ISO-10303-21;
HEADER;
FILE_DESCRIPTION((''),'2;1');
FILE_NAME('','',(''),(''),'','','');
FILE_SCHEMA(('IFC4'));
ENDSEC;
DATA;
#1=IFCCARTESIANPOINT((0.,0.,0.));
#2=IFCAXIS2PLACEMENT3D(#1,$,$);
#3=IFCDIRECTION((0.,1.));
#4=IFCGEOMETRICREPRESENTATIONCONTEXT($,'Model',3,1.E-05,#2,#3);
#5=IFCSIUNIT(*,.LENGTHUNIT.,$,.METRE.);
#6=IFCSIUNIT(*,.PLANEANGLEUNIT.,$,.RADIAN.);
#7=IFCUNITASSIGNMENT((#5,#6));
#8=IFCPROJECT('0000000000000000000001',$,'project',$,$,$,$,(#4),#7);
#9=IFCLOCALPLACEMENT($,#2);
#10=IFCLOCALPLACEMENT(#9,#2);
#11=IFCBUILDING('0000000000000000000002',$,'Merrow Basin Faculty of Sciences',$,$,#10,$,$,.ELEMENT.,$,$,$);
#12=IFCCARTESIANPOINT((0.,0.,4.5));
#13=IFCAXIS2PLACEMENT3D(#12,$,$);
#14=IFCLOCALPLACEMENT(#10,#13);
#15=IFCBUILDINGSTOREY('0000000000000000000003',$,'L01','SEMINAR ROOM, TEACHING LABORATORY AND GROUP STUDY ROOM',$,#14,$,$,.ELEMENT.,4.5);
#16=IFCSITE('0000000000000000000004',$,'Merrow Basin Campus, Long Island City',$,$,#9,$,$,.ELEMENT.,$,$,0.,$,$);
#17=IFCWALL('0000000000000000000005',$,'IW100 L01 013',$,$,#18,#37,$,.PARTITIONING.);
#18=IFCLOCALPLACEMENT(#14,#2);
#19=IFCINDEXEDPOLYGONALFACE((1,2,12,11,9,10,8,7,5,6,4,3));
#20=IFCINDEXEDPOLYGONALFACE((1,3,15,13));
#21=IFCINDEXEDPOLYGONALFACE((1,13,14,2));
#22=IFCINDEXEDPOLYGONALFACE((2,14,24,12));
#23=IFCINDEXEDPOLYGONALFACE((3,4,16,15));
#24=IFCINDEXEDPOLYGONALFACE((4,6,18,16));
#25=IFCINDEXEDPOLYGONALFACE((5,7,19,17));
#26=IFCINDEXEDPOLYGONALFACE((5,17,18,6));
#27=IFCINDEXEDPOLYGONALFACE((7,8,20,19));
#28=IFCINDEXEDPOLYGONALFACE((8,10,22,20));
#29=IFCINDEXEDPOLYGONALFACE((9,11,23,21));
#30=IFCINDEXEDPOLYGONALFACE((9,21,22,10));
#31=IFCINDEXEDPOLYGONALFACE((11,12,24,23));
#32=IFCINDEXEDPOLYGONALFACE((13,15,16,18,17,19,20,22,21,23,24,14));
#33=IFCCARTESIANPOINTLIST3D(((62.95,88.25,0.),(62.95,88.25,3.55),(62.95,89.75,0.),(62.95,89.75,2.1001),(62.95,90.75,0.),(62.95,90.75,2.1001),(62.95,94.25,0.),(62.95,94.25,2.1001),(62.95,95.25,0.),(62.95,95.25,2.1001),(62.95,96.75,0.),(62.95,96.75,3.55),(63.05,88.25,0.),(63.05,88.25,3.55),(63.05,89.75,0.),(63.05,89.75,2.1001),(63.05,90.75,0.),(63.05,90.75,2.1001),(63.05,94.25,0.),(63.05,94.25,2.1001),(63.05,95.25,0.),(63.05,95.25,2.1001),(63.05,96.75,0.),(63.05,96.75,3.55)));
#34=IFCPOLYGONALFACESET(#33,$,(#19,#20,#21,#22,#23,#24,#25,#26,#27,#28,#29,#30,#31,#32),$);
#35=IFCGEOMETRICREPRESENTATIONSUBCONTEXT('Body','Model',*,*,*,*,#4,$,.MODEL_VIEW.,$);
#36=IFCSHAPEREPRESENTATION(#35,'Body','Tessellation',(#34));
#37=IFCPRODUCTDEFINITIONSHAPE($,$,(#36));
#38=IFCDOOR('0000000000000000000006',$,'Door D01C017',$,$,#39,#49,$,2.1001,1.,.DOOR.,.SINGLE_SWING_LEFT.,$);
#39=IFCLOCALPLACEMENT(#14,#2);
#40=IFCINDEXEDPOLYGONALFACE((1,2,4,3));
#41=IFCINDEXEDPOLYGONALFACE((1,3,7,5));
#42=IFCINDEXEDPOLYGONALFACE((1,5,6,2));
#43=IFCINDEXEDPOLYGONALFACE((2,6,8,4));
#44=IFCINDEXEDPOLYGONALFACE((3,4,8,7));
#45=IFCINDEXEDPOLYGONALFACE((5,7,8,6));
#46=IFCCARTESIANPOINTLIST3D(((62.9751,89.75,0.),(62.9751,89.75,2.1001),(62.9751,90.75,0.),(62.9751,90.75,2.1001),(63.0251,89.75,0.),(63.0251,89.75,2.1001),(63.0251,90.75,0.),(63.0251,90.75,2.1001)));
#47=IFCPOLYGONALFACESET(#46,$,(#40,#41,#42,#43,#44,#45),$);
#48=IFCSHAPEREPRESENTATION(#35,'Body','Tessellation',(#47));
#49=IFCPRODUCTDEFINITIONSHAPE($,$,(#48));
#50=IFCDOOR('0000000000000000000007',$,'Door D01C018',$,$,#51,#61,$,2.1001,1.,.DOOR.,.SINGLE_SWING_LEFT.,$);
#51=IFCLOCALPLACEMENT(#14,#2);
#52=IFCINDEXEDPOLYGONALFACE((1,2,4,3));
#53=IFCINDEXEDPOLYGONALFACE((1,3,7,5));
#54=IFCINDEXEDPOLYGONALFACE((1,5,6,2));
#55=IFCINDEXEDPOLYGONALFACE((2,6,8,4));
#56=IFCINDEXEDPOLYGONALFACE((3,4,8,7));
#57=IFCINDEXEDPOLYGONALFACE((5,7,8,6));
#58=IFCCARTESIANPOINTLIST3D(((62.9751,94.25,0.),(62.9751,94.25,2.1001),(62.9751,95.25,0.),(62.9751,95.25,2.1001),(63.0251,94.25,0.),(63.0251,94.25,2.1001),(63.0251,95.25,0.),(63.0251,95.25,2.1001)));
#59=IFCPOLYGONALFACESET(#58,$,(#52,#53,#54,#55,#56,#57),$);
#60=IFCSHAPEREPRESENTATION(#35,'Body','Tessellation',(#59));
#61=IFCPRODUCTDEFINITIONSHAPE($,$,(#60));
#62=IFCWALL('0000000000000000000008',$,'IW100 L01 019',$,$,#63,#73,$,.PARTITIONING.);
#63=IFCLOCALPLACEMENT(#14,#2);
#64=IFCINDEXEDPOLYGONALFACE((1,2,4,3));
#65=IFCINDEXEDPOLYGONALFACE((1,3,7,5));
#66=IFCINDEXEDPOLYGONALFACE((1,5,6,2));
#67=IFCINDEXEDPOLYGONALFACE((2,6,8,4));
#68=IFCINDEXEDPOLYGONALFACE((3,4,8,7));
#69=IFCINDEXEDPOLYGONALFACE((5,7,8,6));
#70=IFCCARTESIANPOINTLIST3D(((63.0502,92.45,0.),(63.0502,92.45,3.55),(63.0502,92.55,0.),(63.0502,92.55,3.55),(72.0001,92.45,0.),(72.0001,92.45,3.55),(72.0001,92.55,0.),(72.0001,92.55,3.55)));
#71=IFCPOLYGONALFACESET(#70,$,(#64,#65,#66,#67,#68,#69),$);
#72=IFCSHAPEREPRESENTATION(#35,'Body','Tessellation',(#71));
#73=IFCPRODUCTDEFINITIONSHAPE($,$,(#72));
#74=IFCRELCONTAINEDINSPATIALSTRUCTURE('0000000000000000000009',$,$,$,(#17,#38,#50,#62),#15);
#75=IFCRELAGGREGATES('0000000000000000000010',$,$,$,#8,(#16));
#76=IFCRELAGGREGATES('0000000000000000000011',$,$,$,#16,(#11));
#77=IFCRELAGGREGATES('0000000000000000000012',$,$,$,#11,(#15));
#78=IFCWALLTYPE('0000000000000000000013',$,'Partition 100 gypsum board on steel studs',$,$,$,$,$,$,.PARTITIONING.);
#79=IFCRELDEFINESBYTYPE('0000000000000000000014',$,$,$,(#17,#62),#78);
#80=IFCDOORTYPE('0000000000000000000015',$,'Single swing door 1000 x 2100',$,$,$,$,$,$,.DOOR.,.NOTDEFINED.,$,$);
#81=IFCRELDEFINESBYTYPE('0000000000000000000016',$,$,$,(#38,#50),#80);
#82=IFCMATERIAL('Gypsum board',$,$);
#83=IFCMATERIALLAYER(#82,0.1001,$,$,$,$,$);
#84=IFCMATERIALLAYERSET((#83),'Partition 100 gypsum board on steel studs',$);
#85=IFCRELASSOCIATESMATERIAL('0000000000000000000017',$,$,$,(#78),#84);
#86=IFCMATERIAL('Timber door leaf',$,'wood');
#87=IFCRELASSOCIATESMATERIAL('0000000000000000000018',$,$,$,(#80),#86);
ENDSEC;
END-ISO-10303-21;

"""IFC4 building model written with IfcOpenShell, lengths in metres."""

from ifc_helpers import new_model, si_unit, direction, frame, frame_2d, origin, place, context, subcontext, project, spatial, rectangle, extrude, material, layer, layer_set, type_object, element, fill, save


model = new_model("IFC4")

# Units and contexts
model_context = context("Model", 3, precision=1e-05, world=origin(), true_north=direction((0.0, 1.0)))
body_context = subcontext(model_context, "Body", "Model", "MODEL_VIEW")
ifc_project = project(units=[si_unit("LENGTHUNIT", "METRE"), si_unit("PLANEANGLEUNIT", "RADIAN")], contexts=[model_context])

# Site, building, storey
site_placement = place(None, origin())
site = spatial("IfcSite", under=ifc_project, at=site_placement, Name="Merrow Basin Campus, Long Island City", CompositionType="ELEMENT", RefElevation=0.0)
building_placement = place(site_placement, origin())
building = spatial("IfcBuilding", under=site, at=building_placement, Name="Merrow Basin Faculty of Sciences", CompositionType="ELEMENT")
storey_placement = place(building_placement, frame((0.0, 0.0, 4.5)))
storey = spatial("IfcBuildingStorey", under=building, at=storey_placement, Name="L01", Description="SEMINAR ROOM, TEACHING LABORATORY AND GROUP STUDY ROOM", CompositionType="ELEMENT", Elevation=4.5)

# Wall, openings, doors
ifc_material_1 = material(Name="Gypsum board")
ifc_layer_1 = layer(ifc_material_1, 0.1001)
ifc_layer_set_1 = layer_set([ifc_layer_1], Name="Partition 100 gypsum board on steel studs")
wall_type = type_object("IfcWallType", Name="Partition 100 gypsum board on steel studs", PredefinedType="PARTITIONING", material=ifc_layer_set_1)
wall_1_placement = place(storey_placement, frame((63.0, 88.25, 0.0), z_axis=(0.0, 0.0, 1.0), x_axis=(0.0, 1.0, 0.0)))
wall_1 = element("IfcWall", 1, at=wall_1_placement, inside=storey, type_object=wall_type, Name="IW100 L01 013", PredefinedType="PARTITIONING", context=body_context, shape_type="SweptSolid", body=[
    extrude(rectangle(XDim=8.5, YDim=0.1001, at=frame_2d((4.25, 0.0))), origin(), (0.0, 0.0, 1.0), 3.55),
])
opening_1_placement = place(wall_1_placement, frame((1.5, 0.0, 0.0)))
opening_1 = element("IfcOpeningElement", 2, at=opening_1_placement, cuts=wall_1, PredefinedType="OPENING", context=body_context, shape_type="SweptSolid", body=[
    extrude(rectangle(XDim=1.0, YDim=2.1001, at=frame_2d((0.5, 1.05))), frame((0.0, 0.0601, 0.0), z_axis=(0.0, -1.0, 0.0), x_axis=(1.0, 0.0, 0.0)), (0.0, 0.0, 1.0), 0.1201),
])
opening_2_placement = place(wall_1_placement, frame((6.0, 0.0, 0.0)))
opening_2 = element("IfcOpeningElement", 3, at=opening_2_placement, cuts=wall_1, PredefinedType="OPENING", context=body_context, shape_type="SweptSolid", body=[
    extrude(rectangle(XDim=1.0, YDim=2.1001, at=frame_2d((0.5, 1.05))), frame((0.0, 0.0601, 0.0), z_axis=(0.0, -1.0, 0.0), x_axis=(1.0, 0.0, 0.0)), (0.0, 0.0, 1.0), 0.1201),
])
ifc_material_2 = material(Name="Timber door leaf", Category="wood")
door_type = type_object("IfcDoorType", Name="Single swing door 1000 x 2100", OperationType="NOTDEFINED", PredefinedType="DOOR", material=ifc_material_2)
door_1_placement = place(opening_1_placement, origin())
door_1 = element("IfcDoor", 4, at=door_1_placement, inside=storey, type_object=door_type, Name="Door D01C017", OperationType="SINGLE_SWING_LEFT", OverallHeight=2.1001, OverallWidth=1.0, PredefinedType="DOOR", context=body_context, shape_type="SweptSolid", body=[
    extrude(rectangle(XDim=1.0, YDim=2.1001, at=frame_2d((0.5, 1.05))), frame((0.0, 0.0249, 0.0), z_axis=(0.0, -1.0, 0.0), x_axis=(1.0, 0.0, 0.0)), (0.0, 0.0, 1.0), 0.05),
])
fill(opening_1, door_1)
door_2_placement = place(opening_2_placement, origin())
door_2 = element("IfcDoor", 5, at=door_2_placement, inside=storey, type_object=door_type, Name="Door D01C018", OperationType="SINGLE_SWING_LEFT", OverallHeight=2.1001, OverallWidth=1.0, PredefinedType="DOOR", context=body_context, shape_type="SweptSolid", body=[
    extrude(rectangle(XDim=1.0, YDim=2.1001, at=frame_2d((0.5, 1.05))), frame((0.0, 0.0249, 0.0), z_axis=(0.0, -1.0, 0.0), x_axis=(1.0, 0.0, 0.0)), (0.0, 0.0, 1.0), 0.05),
])
fill(opening_2, door_2)

# Wall
wall_2_placement = place(storey_placement, frame((63.05, 92.5, 0.0), z_axis=(0.0, 0.0, 1.0), x_axis=(1.0, 0.0, 0.0)))
element("IfcWall", 6, at=wall_2_placement, inside=storey, type_object=wall_type, Name="IW100 L01 019", PredefinedType="PARTITIONING", context=body_context, shape_type="SweptSolid", body=[
    extrude(rectangle(XDim=8.95, YDim=0.1001, at=frame_2d((4.4751, 0.0))), origin(), (0.0, 0.0, 1.0), 3.55),
])

save(model, "model.ifc")
